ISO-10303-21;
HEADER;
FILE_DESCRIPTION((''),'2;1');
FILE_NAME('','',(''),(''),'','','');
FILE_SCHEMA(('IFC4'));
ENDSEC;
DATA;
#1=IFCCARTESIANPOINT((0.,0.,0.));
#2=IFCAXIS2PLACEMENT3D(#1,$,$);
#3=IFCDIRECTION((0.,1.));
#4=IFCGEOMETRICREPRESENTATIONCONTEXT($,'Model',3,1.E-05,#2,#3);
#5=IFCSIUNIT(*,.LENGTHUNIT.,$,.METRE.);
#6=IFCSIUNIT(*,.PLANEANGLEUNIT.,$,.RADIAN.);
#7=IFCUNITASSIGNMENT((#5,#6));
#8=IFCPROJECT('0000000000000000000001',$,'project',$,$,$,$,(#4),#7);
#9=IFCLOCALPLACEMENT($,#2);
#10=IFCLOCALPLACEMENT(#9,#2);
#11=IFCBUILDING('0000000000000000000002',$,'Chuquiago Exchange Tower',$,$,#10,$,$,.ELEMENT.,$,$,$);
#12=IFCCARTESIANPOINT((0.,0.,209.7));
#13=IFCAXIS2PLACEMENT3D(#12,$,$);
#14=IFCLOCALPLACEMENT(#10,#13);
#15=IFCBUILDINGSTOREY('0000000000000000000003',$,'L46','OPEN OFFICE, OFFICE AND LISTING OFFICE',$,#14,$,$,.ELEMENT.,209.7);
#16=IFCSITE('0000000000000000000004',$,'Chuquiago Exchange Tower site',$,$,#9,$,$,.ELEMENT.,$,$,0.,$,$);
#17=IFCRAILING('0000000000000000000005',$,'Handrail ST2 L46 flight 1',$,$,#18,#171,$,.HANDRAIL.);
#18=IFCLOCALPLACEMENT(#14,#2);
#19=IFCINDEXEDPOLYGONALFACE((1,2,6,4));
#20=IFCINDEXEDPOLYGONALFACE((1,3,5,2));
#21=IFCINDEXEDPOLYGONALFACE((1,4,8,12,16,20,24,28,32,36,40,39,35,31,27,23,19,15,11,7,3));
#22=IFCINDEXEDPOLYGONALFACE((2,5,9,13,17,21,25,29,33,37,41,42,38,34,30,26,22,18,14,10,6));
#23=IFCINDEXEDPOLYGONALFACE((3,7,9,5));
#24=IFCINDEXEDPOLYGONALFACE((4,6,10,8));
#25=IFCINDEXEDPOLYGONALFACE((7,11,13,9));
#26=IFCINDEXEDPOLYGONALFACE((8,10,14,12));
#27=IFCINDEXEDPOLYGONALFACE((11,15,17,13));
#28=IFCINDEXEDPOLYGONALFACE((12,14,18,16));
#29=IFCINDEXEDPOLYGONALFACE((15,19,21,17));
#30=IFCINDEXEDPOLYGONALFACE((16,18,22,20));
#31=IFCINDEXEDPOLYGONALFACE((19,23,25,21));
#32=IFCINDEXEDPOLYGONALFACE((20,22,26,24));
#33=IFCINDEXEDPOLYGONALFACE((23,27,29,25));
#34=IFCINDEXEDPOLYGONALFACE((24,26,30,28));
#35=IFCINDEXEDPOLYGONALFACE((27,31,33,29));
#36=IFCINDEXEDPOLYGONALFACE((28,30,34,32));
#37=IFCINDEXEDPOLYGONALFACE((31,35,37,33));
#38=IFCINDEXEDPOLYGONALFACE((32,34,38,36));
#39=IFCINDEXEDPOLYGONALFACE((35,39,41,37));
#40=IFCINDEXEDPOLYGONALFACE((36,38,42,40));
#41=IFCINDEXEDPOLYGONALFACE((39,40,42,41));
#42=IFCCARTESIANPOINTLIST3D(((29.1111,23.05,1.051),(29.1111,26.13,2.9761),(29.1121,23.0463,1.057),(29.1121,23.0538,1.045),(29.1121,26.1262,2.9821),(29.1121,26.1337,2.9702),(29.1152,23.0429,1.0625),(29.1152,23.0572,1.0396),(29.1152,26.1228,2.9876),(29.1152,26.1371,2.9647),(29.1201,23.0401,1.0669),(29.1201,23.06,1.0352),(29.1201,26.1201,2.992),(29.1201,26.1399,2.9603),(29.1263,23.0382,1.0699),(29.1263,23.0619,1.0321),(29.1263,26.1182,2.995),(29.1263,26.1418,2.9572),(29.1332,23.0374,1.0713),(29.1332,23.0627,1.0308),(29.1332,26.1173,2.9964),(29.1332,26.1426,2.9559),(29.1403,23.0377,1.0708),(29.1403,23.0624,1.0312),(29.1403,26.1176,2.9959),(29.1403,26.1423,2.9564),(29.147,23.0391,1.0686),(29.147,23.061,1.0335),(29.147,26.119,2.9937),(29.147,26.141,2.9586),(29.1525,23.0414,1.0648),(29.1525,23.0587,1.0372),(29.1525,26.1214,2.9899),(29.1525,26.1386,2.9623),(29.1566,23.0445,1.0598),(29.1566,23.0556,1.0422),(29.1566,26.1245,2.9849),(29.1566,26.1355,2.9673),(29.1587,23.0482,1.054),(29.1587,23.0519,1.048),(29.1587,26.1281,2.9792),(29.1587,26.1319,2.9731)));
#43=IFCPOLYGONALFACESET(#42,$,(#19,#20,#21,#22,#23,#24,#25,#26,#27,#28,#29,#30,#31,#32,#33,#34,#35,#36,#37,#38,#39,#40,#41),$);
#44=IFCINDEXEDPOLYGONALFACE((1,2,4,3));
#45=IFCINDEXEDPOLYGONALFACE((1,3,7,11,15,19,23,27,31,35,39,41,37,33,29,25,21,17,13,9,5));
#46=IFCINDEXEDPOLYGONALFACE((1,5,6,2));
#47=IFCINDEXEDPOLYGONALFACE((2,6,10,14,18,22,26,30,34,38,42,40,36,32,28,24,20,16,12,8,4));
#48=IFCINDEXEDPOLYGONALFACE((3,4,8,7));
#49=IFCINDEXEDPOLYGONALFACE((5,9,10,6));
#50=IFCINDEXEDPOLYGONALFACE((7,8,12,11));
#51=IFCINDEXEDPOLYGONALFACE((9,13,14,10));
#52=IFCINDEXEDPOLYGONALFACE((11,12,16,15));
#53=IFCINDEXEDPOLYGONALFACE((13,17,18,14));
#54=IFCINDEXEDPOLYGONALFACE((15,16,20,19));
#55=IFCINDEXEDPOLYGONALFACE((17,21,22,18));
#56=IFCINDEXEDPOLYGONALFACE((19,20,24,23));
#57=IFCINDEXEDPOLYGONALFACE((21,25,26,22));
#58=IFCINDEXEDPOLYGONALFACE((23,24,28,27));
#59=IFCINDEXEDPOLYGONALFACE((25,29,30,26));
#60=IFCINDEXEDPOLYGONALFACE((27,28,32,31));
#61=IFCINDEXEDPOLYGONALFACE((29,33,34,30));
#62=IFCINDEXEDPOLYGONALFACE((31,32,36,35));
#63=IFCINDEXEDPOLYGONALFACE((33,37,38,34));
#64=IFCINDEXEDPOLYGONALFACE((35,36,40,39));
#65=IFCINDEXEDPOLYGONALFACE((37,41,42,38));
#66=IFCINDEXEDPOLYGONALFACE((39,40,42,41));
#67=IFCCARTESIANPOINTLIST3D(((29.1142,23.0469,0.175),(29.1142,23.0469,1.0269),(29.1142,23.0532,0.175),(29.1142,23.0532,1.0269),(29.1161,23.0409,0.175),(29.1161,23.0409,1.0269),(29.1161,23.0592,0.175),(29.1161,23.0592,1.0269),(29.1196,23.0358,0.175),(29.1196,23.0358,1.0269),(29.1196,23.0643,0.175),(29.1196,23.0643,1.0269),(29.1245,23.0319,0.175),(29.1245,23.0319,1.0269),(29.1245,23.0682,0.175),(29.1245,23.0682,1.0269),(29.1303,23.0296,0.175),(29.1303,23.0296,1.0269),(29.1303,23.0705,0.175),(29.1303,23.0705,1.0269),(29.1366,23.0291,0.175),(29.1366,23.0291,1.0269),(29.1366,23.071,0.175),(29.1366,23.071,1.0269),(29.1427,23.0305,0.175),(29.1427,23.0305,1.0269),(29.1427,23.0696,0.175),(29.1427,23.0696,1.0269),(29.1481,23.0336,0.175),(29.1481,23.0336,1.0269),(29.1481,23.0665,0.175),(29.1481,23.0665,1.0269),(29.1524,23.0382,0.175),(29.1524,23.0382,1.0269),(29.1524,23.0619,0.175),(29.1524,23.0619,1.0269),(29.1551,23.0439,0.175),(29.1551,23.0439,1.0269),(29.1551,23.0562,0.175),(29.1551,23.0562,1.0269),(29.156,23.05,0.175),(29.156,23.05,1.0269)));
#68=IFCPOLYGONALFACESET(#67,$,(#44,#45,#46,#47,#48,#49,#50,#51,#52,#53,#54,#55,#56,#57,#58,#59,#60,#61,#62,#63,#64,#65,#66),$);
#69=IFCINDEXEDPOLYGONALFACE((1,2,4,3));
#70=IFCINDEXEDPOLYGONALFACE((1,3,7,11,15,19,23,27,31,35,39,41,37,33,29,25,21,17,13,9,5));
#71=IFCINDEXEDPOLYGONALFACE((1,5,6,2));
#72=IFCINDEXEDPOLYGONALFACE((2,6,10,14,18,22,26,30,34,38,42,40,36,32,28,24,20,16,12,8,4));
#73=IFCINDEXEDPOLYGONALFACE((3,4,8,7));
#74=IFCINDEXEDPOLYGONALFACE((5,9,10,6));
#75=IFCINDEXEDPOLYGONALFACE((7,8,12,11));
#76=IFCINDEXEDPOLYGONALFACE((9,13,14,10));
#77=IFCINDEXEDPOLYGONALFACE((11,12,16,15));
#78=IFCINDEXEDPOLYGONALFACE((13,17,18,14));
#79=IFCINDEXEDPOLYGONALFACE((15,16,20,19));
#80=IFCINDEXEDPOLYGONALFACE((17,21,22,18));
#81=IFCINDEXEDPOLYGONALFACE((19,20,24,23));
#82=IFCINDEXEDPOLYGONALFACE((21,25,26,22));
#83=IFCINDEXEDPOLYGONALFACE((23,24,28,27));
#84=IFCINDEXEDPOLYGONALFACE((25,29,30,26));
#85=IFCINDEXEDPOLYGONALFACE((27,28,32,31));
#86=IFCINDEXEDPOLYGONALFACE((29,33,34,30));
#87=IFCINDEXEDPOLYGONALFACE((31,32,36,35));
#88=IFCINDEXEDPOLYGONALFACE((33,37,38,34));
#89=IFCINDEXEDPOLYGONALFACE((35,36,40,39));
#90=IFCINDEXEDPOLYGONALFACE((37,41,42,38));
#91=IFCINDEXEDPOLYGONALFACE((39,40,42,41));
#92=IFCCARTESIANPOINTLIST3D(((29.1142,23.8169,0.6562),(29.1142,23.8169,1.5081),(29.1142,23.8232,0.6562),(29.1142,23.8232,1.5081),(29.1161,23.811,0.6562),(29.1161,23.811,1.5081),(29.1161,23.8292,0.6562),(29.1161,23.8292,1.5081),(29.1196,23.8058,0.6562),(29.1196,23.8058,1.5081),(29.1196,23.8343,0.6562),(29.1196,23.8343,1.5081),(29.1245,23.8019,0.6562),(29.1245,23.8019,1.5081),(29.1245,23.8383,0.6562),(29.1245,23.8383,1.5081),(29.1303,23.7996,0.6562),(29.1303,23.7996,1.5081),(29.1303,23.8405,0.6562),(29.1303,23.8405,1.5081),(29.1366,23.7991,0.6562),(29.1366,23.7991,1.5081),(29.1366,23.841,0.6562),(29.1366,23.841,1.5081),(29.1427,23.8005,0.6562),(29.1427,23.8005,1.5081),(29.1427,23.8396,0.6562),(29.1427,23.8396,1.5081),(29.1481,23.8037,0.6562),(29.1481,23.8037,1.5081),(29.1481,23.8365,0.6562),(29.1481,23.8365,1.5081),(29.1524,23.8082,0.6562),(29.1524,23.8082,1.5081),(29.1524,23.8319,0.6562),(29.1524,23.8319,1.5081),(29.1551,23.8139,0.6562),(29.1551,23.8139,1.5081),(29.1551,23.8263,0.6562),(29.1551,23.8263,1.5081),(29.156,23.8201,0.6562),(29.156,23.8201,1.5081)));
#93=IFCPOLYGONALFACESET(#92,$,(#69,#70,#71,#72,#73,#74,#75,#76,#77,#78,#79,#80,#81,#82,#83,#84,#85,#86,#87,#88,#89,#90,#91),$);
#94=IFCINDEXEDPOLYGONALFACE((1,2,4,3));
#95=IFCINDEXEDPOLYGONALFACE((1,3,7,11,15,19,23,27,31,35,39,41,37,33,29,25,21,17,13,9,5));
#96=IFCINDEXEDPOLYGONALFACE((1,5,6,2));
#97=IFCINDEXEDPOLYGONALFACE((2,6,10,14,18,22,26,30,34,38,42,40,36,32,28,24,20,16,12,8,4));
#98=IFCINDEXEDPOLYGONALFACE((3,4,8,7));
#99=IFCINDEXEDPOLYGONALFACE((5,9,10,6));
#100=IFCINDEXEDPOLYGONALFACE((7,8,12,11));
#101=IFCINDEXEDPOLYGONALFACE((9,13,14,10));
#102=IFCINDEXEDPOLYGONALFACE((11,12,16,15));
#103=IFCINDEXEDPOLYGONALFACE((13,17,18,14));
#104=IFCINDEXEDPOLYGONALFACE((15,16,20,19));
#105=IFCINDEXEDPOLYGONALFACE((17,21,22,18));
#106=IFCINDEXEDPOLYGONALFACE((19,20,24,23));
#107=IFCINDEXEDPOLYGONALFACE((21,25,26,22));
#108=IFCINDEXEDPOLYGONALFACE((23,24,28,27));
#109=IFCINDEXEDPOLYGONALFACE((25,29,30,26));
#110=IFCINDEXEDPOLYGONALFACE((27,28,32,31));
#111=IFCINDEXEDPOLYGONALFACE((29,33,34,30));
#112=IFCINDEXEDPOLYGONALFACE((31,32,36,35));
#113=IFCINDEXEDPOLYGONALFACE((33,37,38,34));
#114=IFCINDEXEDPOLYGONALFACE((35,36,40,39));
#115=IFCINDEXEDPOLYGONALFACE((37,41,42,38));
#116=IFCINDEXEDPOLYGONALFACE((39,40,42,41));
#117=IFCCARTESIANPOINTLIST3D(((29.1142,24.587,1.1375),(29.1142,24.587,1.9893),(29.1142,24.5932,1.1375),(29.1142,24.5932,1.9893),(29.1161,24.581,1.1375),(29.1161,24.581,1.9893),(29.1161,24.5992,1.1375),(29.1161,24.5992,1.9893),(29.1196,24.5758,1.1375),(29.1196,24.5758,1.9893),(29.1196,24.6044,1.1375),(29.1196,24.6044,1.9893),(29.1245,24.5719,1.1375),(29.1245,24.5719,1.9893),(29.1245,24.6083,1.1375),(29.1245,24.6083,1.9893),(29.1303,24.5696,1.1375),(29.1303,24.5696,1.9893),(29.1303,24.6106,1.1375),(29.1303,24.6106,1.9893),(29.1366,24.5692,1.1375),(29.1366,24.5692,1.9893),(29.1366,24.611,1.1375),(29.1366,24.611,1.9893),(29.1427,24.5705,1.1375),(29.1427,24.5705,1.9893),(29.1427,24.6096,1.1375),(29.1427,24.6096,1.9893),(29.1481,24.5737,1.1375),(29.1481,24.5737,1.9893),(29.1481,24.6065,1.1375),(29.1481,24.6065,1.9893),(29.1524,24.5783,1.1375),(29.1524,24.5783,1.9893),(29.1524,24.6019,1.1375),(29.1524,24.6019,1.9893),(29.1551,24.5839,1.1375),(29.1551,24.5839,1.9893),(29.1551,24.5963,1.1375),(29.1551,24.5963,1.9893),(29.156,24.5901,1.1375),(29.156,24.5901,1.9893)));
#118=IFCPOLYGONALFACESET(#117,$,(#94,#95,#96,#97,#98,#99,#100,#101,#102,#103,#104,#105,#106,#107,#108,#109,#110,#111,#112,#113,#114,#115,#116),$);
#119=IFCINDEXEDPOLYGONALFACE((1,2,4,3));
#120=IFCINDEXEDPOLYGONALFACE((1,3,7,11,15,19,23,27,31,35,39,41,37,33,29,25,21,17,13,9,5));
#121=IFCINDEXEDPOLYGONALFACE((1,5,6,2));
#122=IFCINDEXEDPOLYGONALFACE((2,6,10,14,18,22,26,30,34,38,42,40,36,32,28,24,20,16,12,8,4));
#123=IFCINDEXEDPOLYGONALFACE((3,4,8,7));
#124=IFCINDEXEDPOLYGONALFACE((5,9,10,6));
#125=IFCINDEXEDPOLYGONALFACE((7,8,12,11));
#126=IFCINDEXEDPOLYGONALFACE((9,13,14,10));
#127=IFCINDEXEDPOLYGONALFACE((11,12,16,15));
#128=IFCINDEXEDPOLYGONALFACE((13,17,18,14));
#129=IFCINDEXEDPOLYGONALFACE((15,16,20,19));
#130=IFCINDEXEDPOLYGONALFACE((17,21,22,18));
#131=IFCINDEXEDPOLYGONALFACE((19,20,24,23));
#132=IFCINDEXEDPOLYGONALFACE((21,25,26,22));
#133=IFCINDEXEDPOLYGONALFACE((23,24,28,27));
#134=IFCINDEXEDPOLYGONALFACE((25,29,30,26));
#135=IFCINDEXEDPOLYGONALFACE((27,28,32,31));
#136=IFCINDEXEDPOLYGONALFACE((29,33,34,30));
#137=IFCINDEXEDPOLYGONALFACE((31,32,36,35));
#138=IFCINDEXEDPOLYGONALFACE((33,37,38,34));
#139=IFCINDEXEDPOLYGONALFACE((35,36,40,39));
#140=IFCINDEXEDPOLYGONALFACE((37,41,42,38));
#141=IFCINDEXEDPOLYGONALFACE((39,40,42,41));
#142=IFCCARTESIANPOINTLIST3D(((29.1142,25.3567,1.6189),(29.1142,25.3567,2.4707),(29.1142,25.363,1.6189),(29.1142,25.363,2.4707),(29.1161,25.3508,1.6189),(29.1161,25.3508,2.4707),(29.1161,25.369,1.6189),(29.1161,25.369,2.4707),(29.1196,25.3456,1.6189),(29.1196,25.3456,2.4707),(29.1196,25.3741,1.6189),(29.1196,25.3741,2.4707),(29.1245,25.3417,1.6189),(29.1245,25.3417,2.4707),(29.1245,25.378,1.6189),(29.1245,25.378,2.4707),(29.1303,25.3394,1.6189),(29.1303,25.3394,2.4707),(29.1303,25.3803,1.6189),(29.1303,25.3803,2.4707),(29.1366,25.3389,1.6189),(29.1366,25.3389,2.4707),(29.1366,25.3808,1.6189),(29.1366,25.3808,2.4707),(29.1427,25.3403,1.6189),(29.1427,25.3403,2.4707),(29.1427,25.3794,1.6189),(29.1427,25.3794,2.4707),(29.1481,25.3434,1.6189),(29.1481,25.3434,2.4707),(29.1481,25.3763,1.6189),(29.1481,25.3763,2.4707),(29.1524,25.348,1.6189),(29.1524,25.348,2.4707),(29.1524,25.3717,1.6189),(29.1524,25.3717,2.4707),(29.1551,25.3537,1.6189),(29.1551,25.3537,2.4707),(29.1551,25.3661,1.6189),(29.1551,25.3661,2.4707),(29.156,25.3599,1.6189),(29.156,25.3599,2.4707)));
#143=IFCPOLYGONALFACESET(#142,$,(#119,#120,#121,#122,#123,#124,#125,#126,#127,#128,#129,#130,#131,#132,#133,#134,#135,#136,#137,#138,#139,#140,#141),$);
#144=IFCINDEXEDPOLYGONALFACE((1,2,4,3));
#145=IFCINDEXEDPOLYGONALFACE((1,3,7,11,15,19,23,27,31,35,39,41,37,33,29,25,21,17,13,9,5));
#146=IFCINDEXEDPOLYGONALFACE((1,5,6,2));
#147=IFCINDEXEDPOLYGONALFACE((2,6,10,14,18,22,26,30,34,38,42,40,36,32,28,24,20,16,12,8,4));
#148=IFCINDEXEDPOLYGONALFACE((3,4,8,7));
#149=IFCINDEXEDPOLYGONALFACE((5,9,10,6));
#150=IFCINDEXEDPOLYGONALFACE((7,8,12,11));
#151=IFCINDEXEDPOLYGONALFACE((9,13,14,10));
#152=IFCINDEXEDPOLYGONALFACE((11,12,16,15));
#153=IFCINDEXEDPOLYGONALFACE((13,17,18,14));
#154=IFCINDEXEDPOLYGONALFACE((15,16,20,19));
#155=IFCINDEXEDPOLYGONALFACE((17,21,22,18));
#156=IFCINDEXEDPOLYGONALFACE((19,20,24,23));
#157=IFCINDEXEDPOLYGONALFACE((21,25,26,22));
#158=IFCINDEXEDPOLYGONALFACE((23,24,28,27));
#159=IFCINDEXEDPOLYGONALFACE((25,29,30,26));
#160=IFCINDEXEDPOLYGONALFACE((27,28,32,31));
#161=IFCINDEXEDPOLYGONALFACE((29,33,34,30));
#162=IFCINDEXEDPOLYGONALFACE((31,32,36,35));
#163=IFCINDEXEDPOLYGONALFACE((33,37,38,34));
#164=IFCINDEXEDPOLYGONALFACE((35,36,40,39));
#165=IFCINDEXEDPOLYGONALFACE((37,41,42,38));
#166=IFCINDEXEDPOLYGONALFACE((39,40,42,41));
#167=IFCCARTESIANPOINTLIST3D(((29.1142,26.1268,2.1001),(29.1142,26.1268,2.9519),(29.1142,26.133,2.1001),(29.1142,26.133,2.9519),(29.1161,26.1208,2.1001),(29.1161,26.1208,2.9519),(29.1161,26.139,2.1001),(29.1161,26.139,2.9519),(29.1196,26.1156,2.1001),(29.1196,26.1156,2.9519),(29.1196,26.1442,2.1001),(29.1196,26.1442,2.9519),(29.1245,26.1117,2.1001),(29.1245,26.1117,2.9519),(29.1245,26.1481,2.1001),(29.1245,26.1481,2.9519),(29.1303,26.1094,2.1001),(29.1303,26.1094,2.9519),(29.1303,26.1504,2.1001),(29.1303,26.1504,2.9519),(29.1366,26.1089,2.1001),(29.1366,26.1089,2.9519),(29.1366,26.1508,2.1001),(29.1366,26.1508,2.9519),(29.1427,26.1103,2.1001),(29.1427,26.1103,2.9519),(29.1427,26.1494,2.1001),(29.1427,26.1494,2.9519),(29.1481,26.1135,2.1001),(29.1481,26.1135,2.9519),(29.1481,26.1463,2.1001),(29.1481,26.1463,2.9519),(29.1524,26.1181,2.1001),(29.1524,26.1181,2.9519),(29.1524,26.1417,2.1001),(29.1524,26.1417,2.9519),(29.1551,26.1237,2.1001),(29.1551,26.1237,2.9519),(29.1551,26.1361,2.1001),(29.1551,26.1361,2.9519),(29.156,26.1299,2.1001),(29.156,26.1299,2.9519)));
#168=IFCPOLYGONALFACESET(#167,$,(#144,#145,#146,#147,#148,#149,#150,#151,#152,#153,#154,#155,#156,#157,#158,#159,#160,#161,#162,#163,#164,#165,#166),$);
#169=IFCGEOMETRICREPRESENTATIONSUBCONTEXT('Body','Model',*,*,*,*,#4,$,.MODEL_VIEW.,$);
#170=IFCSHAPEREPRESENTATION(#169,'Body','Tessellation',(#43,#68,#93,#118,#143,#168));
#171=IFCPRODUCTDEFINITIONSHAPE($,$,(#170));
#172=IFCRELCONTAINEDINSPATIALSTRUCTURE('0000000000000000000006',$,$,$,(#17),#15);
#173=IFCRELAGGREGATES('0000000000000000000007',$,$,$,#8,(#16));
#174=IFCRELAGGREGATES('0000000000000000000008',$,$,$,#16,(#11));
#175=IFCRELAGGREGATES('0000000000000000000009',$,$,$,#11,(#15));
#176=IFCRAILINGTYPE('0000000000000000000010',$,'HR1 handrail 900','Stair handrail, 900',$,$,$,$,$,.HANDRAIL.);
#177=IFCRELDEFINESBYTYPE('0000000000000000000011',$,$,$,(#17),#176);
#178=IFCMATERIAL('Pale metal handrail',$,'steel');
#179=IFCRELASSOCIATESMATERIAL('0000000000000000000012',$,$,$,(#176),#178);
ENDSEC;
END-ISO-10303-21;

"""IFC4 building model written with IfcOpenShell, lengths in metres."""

from ifc_helpers import new_model, si_unit, direction, frame, origin, origin_2d, place, context, subcontext, project, spatial, circle, extrude, material, type_object, element, save


model = new_model("IFC4")

# Units and contexts
model_context = context("Model", 3, precision=1e-05, world=origin(), true_north=direction((0.0, 1.0)))
body_context = subcontext(model_context, "Body", "Model", "MODEL_VIEW")
ifc_project = project(units=[si_unit("LENGTHUNIT", "METRE"), si_unit("PLANEANGLEUNIT", "RADIAN")], contexts=[model_context])

# Site, building, storey
site_placement = place(None, origin())
site = spatial("IfcSite", under=ifc_project, at=site_placement, Name="Chuquiago Exchange Tower site", CompositionType="ELEMENT", RefElevation=0.0)
building_placement = place(site_placement, origin())
building = spatial("IfcBuilding", under=site, at=building_placement, Name="Chuquiago Exchange Tower", CompositionType="ELEMENT")
storey_placement = place(building_placement, frame((0.0, 0.0, 209.7)))
storey = spatial("IfcBuildingStorey", under=building, at=storey_placement, Name="L46", Description="OPEN OFFICE, OFFICE AND LISTING OFFICE", CompositionType="ELEMENT", Elevation=209.7)

# Railing
ifc_material_1 = material(Name="Pale metal handrail", Category="steel")
railing_type_1 = type_object("IfcRailingType", Name="HR1 handrail 900", Description="Stair handrail, 900", PredefinedType="HANDRAIL", material=ifc_material_1)
railing_1_placement = place(storey_placement, frame((29.135, 23.05, 0.175)))
element("IfcRailing", 1, at=railing_1_placement, inside=storey, type_object=railing_type_1, Name="Handrail ST2 L46 flight 1", PredefinedType="HANDRAIL", context=body_context, shape_type="SweptSolid", body=[
    extrude(circle(Radius=0.0239, at=origin_2d()), frame((0.0, 0.0, 0.876), z_axis=(0.0, 0.847979, 0.530029), x_axis=(-1.0, 0.0, 0.0)), (0.0, 0.0, 1.0), 3.6321),
    extrude(circle(Radius=0.021, at=origin_2d()), origin(), (0.0, 0.0, 1.0), 0.8518),
    extrude(circle(Radius=0.021, at=origin_2d()), frame((0.0, 0.77, 0.4812)), (0.0, 0.0, 1.0), 0.8518),
    extrude(circle(Radius=0.021, at=origin_2d()), frame((0.0, 1.54, 0.9624)), (0.0, 0.0, 1.0), 0.8518),
    extrude(circle(Radius=0.021, at=origin_2d()), frame((0.0, 2.3098, 1.4438)), (0.0, 0.0, 1.0), 0.8518),
    extrude(circle(Radius=0.021, at=origin_2d()), frame((0.0, 3.0798, 1.925)), (0.0, 0.0, 1.0), 0.8518),
])

save(model, "model.ifc")
